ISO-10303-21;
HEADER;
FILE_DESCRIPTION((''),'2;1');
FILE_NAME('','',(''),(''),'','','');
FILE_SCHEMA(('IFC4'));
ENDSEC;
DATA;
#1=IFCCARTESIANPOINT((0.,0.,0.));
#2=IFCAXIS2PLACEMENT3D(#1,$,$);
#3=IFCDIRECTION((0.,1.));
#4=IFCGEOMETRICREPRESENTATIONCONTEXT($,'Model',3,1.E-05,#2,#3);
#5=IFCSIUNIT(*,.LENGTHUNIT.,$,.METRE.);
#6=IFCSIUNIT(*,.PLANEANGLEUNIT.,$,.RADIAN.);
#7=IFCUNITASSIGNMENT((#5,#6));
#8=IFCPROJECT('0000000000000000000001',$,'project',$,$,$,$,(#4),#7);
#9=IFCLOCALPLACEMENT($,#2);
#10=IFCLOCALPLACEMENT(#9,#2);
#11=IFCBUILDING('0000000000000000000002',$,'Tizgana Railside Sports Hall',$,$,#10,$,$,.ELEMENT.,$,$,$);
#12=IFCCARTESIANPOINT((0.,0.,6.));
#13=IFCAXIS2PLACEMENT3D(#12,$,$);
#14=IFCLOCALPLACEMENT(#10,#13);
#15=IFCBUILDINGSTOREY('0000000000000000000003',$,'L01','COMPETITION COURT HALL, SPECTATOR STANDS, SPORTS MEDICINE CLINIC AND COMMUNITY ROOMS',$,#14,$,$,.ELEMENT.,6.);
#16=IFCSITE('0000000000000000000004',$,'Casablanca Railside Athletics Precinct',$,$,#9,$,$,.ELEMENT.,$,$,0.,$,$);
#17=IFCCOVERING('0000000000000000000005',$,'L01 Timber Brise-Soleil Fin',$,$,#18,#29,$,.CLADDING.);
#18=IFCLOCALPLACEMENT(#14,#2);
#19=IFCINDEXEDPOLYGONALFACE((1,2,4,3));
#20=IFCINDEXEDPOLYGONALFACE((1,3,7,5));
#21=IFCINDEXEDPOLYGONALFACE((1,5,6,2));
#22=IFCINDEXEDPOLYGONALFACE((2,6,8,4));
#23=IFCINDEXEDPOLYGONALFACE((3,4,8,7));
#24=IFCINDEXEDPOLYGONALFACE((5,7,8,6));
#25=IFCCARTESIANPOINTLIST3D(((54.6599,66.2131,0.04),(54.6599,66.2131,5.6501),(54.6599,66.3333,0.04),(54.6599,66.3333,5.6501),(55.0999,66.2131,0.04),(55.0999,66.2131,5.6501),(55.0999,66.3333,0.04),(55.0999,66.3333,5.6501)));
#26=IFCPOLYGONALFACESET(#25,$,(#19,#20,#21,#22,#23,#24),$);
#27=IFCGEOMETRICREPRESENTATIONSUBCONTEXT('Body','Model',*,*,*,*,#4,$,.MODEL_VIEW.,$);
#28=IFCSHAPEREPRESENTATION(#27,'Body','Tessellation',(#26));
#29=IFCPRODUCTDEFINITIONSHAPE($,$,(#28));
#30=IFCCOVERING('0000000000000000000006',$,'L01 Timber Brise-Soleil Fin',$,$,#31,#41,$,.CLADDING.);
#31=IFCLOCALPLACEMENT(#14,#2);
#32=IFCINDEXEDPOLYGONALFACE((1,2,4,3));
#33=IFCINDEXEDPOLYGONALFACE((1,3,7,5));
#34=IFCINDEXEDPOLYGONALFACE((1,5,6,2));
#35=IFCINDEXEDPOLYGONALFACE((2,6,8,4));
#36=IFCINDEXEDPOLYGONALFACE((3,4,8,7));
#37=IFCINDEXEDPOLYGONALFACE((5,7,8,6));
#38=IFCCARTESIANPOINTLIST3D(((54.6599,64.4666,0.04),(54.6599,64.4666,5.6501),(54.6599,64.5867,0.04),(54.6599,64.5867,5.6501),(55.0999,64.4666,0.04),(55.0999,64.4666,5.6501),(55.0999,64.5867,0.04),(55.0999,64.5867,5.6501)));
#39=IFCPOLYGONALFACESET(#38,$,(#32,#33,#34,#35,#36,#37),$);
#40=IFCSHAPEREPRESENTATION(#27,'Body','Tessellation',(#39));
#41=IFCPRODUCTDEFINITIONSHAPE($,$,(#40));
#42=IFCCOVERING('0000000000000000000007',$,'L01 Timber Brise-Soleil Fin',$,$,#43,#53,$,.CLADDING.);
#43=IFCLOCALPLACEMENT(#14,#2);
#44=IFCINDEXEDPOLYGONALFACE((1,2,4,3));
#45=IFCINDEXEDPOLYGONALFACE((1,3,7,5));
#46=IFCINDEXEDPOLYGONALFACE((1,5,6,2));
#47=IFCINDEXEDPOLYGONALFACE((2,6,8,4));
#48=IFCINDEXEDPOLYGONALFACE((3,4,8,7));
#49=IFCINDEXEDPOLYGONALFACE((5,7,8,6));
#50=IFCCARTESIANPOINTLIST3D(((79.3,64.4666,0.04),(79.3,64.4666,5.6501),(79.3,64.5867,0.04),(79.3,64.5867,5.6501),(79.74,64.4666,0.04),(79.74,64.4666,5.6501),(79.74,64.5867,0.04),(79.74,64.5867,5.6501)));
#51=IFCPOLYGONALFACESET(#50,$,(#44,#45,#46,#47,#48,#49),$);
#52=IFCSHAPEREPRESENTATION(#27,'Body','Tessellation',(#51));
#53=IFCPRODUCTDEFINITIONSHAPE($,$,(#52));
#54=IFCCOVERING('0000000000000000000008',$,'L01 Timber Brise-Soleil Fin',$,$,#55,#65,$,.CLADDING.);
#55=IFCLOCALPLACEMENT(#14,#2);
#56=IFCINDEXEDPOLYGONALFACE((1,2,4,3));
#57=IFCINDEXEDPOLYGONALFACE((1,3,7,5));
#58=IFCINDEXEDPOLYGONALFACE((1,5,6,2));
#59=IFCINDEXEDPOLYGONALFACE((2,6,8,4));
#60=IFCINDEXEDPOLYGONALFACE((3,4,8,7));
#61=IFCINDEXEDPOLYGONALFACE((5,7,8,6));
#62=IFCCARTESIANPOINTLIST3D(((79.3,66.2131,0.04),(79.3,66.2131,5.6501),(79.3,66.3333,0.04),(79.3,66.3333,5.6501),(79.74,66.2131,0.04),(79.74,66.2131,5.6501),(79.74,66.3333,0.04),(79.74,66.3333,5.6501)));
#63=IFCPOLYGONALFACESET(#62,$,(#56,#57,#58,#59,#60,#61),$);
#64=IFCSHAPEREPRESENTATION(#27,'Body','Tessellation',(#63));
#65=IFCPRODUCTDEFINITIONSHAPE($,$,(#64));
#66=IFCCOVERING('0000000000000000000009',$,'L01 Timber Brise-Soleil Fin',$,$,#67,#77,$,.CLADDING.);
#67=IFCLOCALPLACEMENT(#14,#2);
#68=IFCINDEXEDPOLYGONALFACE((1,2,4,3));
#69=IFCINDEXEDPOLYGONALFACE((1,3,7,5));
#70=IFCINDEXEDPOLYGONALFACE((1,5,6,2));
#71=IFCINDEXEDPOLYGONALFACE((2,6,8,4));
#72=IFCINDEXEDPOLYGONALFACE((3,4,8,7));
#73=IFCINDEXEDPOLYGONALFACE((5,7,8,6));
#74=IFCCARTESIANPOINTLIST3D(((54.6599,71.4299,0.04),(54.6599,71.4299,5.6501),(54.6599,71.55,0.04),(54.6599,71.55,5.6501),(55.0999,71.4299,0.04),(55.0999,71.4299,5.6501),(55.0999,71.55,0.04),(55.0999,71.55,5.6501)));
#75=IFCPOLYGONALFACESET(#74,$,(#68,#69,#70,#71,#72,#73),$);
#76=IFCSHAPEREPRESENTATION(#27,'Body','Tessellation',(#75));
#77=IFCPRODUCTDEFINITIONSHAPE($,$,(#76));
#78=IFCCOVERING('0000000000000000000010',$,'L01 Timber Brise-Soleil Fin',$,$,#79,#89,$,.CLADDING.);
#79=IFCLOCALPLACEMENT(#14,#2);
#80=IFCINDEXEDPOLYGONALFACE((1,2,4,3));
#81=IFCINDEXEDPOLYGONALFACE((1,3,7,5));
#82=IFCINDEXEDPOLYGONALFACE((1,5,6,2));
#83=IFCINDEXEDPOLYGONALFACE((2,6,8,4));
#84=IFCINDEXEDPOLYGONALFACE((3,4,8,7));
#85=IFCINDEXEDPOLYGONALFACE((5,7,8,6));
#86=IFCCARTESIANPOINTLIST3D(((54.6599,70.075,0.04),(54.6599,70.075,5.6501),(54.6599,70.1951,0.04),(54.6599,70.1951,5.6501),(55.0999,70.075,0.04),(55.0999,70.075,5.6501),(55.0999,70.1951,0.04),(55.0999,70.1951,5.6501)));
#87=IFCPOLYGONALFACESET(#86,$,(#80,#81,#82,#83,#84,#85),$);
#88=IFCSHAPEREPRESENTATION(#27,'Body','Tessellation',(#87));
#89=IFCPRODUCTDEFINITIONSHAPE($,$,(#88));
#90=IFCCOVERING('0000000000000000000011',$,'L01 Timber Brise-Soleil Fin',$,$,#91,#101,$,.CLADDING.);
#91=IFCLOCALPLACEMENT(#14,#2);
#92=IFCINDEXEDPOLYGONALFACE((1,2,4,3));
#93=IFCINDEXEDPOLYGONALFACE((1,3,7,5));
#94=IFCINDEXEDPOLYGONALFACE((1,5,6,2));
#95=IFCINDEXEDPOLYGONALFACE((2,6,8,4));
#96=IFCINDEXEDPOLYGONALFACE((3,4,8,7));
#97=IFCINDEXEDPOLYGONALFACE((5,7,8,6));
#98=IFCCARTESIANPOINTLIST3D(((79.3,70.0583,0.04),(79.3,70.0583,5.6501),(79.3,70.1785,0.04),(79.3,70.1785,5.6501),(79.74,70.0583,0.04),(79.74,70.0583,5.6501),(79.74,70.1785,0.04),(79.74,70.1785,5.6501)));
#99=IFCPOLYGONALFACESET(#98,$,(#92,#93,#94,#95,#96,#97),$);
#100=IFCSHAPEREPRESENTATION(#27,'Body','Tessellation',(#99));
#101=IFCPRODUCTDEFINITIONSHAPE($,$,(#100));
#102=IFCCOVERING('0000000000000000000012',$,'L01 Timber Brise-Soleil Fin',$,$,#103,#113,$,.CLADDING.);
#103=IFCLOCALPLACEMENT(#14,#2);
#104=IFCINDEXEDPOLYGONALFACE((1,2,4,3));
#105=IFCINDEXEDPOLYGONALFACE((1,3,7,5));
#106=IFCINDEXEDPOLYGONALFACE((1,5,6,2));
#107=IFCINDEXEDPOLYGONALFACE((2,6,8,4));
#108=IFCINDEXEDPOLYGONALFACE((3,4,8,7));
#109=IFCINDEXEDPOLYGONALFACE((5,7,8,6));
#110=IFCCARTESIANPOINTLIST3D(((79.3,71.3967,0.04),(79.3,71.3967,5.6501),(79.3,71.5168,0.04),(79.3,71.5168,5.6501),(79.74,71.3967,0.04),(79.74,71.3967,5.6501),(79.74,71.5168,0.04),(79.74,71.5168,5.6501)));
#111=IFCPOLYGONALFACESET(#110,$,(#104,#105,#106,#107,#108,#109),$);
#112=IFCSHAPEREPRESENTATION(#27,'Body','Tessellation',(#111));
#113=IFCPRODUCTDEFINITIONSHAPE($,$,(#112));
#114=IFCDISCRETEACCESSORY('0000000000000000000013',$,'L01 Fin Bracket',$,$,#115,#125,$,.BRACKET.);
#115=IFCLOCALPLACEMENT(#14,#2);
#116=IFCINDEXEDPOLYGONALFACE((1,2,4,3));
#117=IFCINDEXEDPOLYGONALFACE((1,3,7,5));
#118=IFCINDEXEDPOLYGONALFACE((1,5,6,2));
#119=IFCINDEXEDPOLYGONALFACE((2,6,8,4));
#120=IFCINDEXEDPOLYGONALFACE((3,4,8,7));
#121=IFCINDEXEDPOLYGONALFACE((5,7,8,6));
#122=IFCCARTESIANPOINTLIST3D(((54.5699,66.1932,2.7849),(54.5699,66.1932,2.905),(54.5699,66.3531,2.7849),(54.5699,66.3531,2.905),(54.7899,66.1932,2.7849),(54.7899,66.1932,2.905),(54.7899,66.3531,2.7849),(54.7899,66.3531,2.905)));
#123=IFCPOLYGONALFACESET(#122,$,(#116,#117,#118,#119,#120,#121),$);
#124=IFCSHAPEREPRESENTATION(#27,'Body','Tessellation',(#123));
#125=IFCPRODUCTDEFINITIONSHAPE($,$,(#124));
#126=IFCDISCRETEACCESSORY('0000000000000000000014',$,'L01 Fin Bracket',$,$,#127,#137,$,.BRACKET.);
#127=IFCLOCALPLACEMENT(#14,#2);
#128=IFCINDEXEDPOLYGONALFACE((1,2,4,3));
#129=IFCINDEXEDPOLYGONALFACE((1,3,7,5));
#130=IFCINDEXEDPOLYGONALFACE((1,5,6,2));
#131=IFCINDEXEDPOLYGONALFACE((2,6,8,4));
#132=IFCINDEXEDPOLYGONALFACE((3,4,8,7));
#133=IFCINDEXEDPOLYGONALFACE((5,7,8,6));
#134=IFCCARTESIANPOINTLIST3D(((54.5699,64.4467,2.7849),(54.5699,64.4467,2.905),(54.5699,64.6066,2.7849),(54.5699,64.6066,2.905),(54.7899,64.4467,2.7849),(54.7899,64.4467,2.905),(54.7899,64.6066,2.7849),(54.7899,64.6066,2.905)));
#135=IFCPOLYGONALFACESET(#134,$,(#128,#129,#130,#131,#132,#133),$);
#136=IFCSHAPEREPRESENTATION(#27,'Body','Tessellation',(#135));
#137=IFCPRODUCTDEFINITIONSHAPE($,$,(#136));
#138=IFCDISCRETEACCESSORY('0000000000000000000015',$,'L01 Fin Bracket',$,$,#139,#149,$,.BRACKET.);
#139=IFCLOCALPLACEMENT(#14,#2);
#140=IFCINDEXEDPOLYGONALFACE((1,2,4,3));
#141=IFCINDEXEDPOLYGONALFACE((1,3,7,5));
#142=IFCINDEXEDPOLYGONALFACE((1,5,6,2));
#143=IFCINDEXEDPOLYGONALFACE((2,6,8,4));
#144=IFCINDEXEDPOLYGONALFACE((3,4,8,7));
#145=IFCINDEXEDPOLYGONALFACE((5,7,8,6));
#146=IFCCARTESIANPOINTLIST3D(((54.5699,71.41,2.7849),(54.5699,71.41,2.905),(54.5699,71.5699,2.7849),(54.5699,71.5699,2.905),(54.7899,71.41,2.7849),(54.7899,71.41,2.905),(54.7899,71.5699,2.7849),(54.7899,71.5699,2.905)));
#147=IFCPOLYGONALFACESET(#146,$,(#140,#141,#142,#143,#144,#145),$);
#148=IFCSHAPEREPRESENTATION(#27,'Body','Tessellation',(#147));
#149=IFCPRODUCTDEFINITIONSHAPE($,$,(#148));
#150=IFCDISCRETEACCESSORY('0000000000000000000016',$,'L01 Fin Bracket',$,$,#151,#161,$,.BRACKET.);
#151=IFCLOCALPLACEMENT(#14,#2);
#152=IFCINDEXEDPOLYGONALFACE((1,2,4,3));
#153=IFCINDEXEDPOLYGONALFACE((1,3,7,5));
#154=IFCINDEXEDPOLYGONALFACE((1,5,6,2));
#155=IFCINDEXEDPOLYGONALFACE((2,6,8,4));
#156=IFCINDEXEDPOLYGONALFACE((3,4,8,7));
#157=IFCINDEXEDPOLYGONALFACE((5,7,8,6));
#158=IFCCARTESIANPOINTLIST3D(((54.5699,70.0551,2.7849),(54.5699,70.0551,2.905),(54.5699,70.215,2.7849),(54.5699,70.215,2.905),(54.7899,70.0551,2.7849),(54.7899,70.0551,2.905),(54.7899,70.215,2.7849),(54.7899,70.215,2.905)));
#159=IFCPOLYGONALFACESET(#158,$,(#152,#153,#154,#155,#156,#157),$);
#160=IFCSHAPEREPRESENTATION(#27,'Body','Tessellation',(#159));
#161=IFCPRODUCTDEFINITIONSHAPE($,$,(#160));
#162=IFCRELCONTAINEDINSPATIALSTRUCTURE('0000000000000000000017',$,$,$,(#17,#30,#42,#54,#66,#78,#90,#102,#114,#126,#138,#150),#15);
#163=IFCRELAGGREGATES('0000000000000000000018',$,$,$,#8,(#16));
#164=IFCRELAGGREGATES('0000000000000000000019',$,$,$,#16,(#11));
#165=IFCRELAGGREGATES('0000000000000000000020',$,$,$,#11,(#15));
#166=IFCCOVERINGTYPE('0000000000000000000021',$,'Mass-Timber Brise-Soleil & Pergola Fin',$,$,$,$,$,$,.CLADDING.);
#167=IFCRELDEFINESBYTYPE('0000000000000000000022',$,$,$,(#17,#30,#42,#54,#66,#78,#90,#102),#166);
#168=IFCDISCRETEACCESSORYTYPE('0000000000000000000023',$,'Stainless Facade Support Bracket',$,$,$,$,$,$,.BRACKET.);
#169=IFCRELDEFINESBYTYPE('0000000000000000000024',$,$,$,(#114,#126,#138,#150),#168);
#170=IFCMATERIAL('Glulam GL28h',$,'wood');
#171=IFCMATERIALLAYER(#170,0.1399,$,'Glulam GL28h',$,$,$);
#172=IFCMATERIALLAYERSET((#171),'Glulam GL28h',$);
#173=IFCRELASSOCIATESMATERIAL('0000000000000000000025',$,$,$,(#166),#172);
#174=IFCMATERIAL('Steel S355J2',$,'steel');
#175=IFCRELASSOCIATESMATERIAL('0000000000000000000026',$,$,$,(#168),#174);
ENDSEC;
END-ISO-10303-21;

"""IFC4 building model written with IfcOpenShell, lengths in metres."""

from ifc_helpers import new_model, si_unit, direction, frame, origin, origin_2d, place, context, subcontext, project, spatial, rectangle, extrude, material, layer, layer_set, type_object, element, save


model = new_model("IFC4")

# Units and contexts
model_context = context("Model", 3, precision=1e-05, world=origin(), true_north=direction((0.0, 1.0)))
body_context = subcontext(model_context, "Body", "Model", "MODEL_VIEW")
ifc_project = project(units=[si_unit("LENGTHUNIT", "METRE"), si_unit("PLANEANGLEUNIT", "RADIAN")], contexts=[model_context])

# Site, building, storey
site_placement = place(None, origin())
site = spatial("IfcSite", under=ifc_project, at=site_placement, Name="Casablanca Railside Athletics Precinct", CompositionType="ELEMENT", RefElevation=0.0)
building_placement = place(site_placement, origin())
building = spatial("IfcBuilding", under=site, at=building_placement, Name="Tizgana Railside Sports Hall", CompositionType="ELEMENT")
storey_placement = place(building_placement, frame((0.0, 0.0, 6.0)))
storey = spatial("IfcBuildingStorey", under=building, at=storey_placement, Name="L01", Description="COMPETITION COURT HALL, SPECTATOR STANDS, SPORTS MEDICINE CLINIC AND COMMUNITY ROOMS", CompositionType="ELEMENT", Elevation=6.0)

# Shared definitions
ifc_material_1 = material(Name="Steel S355J2", Category="steel")

# Coverings
ifc_material_2 = material(Name="Glulam GL28h", Category="wood")
ifc_layer = layer(ifc_material_2, 0.1399, Name="Glulam GL28h")
ifc_layer_set = layer_set([ifc_layer], Name="Glulam GL28h")
covering_type = type_object("IfcCoveringType", Name="Mass-Timber Brise-Soleil & Pergola Fin", PredefinedType="CLADDING", material=ifc_layer_set)
for number, where, z_axis, x_axis, name in (
    (1, (54.8799, 66.2732, 0.04), (0.0, 0.0, 1.0), (0.0, -1.0, 0.0), "L01 Timber Brise-Soleil Fin"),
    (2, (54.8799, 64.5266, 0.04), (0.0, 0.0, 1.0), (0.0, -1.0, 0.0), "L01 Timber Brise-Soleil Fin"),
    (3, (79.52, 64.5266, 0.04), (0.0, 0.0, 1.0), (0.0, 1.0, 0.0), "L01 Timber Brise-Soleil Fin"),
    (4, (79.52, 66.2732, 0.04), (0.0, 0.0, 1.0), (0.0, 1.0, 0.0), "L01 Timber Brise-Soleil Fin"),
    (5, (54.8799, 71.49, 0.04), (0.0, 0.0, 1.0), (0.0, -1.0, 0.0), "L01 Timber Brise-Soleil Fin"),
    (6, (54.8799, 70.135, 0.04), (0.0, 0.0, 1.0), (0.0, -1.0, 0.0), "L01 Timber Brise-Soleil Fin"),
    (7, (79.52, 70.1184, 0.04), (0.0, 0.0, 1.0), (0.0, 1.0, 0.0), "L01 Timber Brise-Soleil Fin"),
    (8, (79.52, 71.4568, 0.04), (0.0, 0.0, 1.0), (0.0, 1.0, 0.0), "L01 Timber Brise-Soleil Fin"),
):
    element("IfcCovering", number, at=place(storey_placement, frame(where, z_axis=z_axis, x_axis=x_axis)), inside=storey, type_object=covering_type, Name=name, PredefinedType="CLADDING", context=body_context, shape_type="SweptSolid", body=[
        extrude(rectangle(XDim=0.1201, YDim=0.4399, at=origin_2d()), origin(), (0.0, 0.0, 1.0), 5.6101),
    ])

# Discrete accessories
discrete_accessory_type = type_object("IfcDiscreteAccessoryType", Name="Stainless Facade Support Bracket", PredefinedType="BRACKET", material=ifc_material_1)
for number, where, z_axis, x_axis, name in (
    (9, (54.6799, 66.2732, 2.7849), (0.0, 0.0, 1.0), (0.0, -1.0, 0.0), "L01 Fin Bracket"),
    (10, (54.6799, 64.5266, 2.7849), (0.0, 0.0, 1.0), (0.0, -1.0, 0.0), "L01 Fin Bracket"),
    (11, (54.6799, 71.49, 2.7849), (0.0, 0.0, 1.0), (0.0, -1.0, 0.0), "L01 Fin Bracket"),
    (12, (54.6799, 70.135, 2.7849), (0.0, 0.0, 1.0), (0.0, -1.0, 0.0), "L01 Fin Bracket"),
):
    element("IfcDiscreteAccessory", number, at=place(storey_placement, frame(where, z_axis=z_axis, x_axis=x_axis)), inside=storey, type_object=discrete_accessory_type, Name=name, PredefinedType="BRACKET", context=body_context, shape_type="SweptSolid", body=[
        extrude(rectangle(XDim=0.1599, YDim=0.22, at=origin_2d()), origin(), (0.0, 0.0, 1.0), 0.1201),
    ])

save(model, "model.ifc")
